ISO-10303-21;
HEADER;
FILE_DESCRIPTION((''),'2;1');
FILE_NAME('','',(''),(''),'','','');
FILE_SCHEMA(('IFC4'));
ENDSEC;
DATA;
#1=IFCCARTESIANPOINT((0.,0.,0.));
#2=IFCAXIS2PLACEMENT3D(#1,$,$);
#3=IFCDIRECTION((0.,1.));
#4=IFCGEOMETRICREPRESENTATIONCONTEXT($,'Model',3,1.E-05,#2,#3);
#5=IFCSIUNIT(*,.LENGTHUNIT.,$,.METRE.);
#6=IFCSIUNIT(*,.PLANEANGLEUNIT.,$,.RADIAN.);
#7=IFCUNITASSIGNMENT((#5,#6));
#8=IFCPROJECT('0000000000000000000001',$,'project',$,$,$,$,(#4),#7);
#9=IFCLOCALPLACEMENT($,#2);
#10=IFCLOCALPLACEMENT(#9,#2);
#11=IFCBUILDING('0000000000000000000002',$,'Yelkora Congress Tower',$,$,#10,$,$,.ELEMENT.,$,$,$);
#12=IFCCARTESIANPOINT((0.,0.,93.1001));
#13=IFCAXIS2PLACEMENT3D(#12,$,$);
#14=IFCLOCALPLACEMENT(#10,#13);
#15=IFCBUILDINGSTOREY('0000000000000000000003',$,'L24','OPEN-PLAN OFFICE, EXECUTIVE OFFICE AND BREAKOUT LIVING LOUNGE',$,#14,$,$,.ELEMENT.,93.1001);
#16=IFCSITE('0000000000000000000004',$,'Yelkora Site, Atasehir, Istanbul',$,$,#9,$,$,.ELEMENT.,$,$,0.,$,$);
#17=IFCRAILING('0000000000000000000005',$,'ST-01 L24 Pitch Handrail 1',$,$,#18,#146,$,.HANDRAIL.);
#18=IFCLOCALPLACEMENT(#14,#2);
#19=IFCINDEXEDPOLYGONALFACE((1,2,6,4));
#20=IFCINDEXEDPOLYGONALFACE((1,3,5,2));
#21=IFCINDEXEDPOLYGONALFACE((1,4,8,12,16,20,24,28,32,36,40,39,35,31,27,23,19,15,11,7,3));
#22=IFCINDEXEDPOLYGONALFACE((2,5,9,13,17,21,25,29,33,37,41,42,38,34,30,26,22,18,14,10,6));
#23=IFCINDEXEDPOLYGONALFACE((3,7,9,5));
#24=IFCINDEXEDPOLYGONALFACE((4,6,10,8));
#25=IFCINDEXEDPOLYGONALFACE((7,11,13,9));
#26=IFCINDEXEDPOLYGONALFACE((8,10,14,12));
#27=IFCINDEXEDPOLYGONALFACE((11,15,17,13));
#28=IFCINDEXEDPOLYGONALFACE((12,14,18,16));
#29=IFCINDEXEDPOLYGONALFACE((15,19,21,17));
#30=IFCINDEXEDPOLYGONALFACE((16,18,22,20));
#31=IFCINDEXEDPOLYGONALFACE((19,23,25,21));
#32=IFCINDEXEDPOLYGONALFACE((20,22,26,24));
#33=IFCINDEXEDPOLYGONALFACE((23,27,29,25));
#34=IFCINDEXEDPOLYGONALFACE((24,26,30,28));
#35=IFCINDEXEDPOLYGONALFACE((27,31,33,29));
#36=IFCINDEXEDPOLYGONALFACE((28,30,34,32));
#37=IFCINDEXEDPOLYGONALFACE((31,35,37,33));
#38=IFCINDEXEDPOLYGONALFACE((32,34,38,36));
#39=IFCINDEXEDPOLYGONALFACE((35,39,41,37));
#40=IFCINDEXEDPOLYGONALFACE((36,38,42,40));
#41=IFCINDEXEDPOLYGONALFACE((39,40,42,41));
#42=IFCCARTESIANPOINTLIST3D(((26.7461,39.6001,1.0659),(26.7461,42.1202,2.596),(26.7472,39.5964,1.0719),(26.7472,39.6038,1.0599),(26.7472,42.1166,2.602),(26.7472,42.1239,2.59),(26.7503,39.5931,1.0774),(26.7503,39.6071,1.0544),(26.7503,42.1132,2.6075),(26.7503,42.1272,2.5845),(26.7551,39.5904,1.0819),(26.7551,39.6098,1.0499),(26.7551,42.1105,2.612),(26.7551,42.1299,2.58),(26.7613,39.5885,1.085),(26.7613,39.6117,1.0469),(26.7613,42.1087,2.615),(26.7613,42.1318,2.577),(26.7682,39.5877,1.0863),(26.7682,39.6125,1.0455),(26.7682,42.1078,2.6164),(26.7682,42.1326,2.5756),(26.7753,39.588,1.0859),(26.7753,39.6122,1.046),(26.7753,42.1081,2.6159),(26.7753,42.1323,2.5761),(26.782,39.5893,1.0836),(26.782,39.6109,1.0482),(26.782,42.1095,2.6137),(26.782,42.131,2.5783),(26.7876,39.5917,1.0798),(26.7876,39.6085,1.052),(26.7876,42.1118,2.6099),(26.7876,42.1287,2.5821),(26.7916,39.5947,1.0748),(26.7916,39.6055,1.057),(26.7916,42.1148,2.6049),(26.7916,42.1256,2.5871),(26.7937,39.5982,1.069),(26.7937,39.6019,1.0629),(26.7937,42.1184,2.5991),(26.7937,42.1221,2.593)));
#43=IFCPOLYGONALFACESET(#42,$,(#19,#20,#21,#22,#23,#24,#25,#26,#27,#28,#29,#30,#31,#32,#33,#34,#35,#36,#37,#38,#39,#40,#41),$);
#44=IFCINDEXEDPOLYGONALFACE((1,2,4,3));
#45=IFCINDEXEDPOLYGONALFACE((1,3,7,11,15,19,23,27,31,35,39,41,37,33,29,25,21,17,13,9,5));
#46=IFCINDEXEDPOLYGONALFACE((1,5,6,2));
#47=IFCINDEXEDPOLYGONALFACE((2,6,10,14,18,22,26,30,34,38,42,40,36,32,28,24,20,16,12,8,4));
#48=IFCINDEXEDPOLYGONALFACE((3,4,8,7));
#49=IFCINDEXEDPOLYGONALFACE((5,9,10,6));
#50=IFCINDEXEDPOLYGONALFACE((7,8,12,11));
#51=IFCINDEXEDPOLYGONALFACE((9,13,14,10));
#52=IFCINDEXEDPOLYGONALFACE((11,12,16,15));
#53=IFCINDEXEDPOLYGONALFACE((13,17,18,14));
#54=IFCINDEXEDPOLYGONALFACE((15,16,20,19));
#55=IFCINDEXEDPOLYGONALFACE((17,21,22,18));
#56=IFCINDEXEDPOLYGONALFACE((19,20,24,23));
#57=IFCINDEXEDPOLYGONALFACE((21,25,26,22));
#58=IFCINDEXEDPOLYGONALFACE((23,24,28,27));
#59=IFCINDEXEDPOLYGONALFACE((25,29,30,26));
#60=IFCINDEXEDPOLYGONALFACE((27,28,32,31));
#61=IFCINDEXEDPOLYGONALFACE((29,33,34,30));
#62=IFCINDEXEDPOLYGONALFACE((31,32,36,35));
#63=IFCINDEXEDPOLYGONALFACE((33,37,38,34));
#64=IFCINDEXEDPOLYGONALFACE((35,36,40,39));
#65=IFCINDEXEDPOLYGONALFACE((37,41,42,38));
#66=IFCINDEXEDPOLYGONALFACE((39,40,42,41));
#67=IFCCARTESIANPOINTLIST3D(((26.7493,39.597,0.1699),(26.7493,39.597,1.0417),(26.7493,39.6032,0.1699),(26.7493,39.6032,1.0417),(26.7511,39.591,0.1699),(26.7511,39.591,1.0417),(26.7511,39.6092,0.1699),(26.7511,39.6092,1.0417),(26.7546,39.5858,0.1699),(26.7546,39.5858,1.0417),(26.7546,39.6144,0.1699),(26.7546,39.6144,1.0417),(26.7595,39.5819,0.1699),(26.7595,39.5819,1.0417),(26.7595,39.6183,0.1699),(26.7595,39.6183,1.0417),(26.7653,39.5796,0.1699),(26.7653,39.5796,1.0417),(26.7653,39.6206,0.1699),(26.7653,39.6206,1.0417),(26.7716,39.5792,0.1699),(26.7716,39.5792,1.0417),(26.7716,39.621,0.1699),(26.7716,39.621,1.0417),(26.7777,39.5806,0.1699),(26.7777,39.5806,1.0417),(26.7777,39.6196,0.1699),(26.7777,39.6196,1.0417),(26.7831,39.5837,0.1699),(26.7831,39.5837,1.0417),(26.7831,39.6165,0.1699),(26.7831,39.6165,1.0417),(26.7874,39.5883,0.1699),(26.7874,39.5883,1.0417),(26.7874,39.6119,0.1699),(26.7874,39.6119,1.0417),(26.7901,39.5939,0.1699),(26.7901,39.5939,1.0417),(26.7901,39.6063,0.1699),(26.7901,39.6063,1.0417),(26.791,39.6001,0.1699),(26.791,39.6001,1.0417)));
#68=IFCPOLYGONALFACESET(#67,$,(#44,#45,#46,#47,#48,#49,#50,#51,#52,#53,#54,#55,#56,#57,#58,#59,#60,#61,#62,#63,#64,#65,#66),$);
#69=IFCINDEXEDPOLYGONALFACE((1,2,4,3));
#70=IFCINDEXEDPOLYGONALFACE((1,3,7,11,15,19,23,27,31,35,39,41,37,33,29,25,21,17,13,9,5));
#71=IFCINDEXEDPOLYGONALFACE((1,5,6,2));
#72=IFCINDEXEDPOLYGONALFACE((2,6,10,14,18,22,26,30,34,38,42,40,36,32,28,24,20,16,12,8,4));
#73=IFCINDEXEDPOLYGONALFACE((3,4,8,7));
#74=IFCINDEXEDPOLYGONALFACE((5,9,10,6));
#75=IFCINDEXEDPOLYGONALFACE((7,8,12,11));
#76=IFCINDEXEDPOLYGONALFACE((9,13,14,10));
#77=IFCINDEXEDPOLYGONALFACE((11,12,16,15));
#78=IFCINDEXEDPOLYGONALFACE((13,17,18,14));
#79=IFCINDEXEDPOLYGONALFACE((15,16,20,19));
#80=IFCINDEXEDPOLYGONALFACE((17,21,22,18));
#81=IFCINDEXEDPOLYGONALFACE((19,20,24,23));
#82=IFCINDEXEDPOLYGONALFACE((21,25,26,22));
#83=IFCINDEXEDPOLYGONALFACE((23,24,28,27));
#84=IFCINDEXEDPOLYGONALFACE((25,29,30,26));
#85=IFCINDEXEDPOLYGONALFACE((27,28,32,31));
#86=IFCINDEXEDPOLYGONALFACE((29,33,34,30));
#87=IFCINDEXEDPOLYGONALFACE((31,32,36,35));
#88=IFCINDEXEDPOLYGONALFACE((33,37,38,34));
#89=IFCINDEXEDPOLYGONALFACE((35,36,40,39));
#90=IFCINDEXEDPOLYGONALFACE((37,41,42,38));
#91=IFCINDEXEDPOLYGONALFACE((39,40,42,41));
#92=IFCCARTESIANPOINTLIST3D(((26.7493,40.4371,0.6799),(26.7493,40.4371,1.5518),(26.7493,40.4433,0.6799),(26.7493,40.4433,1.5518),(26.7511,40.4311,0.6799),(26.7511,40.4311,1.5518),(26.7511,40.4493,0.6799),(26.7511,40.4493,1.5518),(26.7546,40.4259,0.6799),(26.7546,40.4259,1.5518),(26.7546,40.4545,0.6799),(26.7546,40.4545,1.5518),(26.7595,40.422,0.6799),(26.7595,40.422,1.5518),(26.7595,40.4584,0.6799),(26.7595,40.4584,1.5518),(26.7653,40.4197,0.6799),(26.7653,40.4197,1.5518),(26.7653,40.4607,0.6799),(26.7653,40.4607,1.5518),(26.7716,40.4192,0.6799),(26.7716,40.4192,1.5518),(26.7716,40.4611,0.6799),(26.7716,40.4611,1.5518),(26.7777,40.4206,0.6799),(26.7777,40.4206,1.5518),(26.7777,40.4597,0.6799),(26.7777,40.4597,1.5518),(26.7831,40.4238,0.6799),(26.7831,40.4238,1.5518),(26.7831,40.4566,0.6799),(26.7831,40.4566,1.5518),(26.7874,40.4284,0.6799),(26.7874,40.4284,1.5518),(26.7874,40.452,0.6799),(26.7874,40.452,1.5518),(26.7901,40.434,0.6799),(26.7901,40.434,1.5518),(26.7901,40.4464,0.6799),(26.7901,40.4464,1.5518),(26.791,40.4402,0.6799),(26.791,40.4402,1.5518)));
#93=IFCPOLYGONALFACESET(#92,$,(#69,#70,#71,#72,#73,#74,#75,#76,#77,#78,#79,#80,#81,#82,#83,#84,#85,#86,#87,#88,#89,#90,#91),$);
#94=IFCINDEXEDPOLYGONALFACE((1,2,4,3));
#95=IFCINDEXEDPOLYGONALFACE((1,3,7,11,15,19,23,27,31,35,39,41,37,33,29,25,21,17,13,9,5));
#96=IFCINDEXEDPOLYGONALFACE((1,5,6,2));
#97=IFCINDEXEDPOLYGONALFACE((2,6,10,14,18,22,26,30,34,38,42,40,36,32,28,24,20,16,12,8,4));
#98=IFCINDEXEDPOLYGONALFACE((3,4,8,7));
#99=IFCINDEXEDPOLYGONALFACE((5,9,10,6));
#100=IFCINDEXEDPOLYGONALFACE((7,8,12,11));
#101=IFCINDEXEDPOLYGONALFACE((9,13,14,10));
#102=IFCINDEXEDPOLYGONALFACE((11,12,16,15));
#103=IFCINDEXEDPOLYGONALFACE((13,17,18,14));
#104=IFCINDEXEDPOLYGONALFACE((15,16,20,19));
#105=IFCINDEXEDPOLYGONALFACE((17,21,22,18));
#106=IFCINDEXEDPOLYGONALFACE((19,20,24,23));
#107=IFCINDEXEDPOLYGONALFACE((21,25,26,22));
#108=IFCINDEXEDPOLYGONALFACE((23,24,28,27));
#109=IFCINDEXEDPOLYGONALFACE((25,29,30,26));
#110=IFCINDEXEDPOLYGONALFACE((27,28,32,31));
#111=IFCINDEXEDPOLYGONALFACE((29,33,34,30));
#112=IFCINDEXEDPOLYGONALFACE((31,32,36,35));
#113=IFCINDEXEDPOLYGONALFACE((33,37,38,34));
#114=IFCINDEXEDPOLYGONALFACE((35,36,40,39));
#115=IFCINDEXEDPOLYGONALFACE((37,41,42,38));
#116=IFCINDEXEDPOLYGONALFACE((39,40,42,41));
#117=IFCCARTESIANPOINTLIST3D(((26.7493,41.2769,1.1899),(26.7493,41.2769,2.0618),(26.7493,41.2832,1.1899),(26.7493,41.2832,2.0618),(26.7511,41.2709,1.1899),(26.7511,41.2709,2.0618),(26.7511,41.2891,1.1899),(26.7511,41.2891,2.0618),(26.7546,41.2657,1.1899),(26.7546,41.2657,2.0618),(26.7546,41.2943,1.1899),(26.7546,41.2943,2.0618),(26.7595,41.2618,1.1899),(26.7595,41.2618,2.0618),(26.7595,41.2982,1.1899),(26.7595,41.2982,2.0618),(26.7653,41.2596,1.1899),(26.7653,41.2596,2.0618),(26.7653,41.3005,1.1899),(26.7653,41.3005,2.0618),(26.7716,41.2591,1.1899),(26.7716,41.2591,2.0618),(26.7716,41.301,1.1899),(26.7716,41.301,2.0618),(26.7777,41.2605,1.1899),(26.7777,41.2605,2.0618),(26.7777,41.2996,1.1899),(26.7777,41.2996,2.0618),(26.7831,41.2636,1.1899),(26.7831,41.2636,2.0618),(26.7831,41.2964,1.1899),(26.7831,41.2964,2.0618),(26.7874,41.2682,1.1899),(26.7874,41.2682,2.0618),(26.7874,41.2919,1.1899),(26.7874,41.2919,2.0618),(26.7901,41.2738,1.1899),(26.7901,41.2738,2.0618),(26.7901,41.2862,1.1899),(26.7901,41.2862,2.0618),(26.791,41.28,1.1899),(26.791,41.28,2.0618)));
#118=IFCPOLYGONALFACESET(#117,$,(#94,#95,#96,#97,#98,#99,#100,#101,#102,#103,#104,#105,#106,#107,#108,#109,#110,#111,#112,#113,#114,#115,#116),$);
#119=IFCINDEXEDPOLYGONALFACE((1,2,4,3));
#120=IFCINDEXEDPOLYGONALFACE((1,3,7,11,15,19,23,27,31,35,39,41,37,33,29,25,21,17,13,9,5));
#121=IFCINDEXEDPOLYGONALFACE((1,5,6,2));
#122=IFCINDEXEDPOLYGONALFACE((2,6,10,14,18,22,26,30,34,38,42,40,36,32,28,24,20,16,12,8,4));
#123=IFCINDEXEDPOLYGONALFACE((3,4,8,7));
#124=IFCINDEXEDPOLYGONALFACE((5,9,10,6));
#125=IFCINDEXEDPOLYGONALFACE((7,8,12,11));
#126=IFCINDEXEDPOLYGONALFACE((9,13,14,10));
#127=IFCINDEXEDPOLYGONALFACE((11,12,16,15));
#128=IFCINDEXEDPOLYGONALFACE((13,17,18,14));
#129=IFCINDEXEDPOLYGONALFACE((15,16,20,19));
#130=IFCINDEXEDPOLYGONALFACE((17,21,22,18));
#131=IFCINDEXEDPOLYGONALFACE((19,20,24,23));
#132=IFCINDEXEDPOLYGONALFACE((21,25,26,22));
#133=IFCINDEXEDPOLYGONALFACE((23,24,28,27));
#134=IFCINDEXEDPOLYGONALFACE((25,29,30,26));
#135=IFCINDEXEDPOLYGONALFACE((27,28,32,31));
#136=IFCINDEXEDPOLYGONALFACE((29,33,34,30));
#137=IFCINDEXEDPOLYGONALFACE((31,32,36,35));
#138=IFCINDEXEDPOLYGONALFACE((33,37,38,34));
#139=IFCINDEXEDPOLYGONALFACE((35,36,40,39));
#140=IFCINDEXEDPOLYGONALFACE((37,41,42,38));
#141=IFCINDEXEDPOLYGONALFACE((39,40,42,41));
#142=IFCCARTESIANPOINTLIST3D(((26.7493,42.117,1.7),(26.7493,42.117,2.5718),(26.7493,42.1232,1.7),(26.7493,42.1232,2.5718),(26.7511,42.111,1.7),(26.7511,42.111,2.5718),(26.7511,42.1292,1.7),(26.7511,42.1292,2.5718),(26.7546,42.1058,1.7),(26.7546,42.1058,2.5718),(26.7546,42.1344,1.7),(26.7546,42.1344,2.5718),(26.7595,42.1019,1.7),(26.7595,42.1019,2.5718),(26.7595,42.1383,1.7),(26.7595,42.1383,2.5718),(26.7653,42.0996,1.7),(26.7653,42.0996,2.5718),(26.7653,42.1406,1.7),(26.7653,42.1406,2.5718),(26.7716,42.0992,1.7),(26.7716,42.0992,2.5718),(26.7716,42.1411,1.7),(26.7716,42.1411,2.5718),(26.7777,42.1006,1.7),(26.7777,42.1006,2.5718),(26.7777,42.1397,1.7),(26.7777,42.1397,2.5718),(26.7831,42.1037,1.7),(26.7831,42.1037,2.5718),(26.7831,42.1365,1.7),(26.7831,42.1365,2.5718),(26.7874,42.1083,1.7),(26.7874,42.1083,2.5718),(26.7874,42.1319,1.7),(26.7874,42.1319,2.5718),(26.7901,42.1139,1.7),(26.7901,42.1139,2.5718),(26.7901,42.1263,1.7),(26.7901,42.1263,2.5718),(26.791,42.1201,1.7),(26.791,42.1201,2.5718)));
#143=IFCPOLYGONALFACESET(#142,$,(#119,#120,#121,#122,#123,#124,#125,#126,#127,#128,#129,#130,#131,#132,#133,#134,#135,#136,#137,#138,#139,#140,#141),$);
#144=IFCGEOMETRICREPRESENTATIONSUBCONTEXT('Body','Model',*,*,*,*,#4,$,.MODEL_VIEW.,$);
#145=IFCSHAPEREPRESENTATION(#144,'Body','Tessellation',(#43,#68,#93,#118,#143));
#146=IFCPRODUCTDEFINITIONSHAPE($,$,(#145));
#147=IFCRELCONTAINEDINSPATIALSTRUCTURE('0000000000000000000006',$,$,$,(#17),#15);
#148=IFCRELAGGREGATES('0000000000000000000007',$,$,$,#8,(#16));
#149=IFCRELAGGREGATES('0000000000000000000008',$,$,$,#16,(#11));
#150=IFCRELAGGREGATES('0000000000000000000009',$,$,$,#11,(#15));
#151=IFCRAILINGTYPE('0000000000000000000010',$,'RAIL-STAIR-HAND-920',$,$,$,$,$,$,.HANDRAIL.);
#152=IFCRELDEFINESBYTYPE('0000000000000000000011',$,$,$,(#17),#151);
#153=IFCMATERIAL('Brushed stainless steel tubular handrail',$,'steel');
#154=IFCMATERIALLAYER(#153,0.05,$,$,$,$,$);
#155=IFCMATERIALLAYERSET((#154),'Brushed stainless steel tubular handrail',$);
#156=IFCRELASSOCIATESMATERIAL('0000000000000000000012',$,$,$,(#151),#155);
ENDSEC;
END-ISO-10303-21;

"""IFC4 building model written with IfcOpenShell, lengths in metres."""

from ifc_helpers import new_model, si_unit, direction, frame, origin, origin_2d, place, context, subcontext, project, spatial, circle, extrude, material, layer, layer_set, type_object, element, save


model = new_model("IFC4")

# Units and contexts
model_context = context("Model", 3, precision=1e-05, world=origin(), true_north=direction((0.0, 1.0)))
body_context = subcontext(model_context, "Body", "Model", "MODEL_VIEW")
ifc_project = project(units=[si_unit("LENGTHUNIT", "METRE"), si_unit("PLANEANGLEUNIT", "RADIAN")], contexts=[model_context])

# Site, building, storey
site_placement = place(None, origin())
site = spatial("IfcSite", under=ifc_project, at=site_placement, Name="Yelkora Site, Atasehir, Istanbul", CompositionType="ELEMENT", RefElevation=0.0)
building_placement = place(site_placement, origin())
building = spatial("IfcBuilding", under=site, at=building_placement, Name="Yelkora Congress Tower", CompositionType="ELEMENT")
storey_placement = place(building_placement, frame((0.0, 0.0, 93.1001)))
storey = spatial("IfcBuildingStorey", under=building, at=storey_placement, Name="L24", Description="OPEN-PLAN OFFICE, EXECUTIVE OFFICE AND BREAKOUT LIVING LOUNGE", CompositionType="ELEMENT", Elevation=93.1001)

# Railing
ifc_material_1 = material(Name="Brushed stainless steel tubular handrail", Category="steel")
ifc_layer_1 = layer(ifc_material_1, 0.05)
ifc_layer_set_1 = layer_set([ifc_layer_1], Name="Brushed stainless steel tubular handrail")
railing_type_1 = type_object("IfcRailingType", Name="RAIL-STAIR-HAND-920", PredefinedType="HANDRAIL", material=ifc_layer_set_1)
railing_1_placement = place(storey_placement, frame((26.77, 39.6001, 0.1699)))
element("IfcRailing", 1, at=railing_1_placement, inside=storey, type_object=railing_type_1, Name="ST-01 L24 Pitch Handrail 1", PredefinedType="HANDRAIL", context=body_context, shape_type="SweptSolid", body=[
    extrude(circle(Radius=0.0239, at=origin_2d()), frame((0.0, 0.0, 0.896), z_axis=(0.0, 0.854785, 0.518982), x_axis=(-1.0, 0.0, 0.0)), (0.0, 0.0, 1.0), 2.9482),
    extrude(circle(Radius=0.021, at=origin_2d()), origin(), (0.0, 0.0, 1.0), 0.8718),
    extrude(circle(Radius=0.021, at=origin_2d()), frame((0.0, 0.8401, 0.51)), (0.0, 0.0, 1.0), 0.8718),
    extrude(circle(Radius=0.021, at=origin_2d()), frame((0.0, 1.6799, 1.02)), (0.0, 0.0, 1.0), 0.8718),
    extrude(circle(Radius=0.021, at=origin_2d()), frame((0.0, 2.52, 1.53)), (0.0, 0.0, 1.0), 0.8718),
])

save(model, "model.ifc")
